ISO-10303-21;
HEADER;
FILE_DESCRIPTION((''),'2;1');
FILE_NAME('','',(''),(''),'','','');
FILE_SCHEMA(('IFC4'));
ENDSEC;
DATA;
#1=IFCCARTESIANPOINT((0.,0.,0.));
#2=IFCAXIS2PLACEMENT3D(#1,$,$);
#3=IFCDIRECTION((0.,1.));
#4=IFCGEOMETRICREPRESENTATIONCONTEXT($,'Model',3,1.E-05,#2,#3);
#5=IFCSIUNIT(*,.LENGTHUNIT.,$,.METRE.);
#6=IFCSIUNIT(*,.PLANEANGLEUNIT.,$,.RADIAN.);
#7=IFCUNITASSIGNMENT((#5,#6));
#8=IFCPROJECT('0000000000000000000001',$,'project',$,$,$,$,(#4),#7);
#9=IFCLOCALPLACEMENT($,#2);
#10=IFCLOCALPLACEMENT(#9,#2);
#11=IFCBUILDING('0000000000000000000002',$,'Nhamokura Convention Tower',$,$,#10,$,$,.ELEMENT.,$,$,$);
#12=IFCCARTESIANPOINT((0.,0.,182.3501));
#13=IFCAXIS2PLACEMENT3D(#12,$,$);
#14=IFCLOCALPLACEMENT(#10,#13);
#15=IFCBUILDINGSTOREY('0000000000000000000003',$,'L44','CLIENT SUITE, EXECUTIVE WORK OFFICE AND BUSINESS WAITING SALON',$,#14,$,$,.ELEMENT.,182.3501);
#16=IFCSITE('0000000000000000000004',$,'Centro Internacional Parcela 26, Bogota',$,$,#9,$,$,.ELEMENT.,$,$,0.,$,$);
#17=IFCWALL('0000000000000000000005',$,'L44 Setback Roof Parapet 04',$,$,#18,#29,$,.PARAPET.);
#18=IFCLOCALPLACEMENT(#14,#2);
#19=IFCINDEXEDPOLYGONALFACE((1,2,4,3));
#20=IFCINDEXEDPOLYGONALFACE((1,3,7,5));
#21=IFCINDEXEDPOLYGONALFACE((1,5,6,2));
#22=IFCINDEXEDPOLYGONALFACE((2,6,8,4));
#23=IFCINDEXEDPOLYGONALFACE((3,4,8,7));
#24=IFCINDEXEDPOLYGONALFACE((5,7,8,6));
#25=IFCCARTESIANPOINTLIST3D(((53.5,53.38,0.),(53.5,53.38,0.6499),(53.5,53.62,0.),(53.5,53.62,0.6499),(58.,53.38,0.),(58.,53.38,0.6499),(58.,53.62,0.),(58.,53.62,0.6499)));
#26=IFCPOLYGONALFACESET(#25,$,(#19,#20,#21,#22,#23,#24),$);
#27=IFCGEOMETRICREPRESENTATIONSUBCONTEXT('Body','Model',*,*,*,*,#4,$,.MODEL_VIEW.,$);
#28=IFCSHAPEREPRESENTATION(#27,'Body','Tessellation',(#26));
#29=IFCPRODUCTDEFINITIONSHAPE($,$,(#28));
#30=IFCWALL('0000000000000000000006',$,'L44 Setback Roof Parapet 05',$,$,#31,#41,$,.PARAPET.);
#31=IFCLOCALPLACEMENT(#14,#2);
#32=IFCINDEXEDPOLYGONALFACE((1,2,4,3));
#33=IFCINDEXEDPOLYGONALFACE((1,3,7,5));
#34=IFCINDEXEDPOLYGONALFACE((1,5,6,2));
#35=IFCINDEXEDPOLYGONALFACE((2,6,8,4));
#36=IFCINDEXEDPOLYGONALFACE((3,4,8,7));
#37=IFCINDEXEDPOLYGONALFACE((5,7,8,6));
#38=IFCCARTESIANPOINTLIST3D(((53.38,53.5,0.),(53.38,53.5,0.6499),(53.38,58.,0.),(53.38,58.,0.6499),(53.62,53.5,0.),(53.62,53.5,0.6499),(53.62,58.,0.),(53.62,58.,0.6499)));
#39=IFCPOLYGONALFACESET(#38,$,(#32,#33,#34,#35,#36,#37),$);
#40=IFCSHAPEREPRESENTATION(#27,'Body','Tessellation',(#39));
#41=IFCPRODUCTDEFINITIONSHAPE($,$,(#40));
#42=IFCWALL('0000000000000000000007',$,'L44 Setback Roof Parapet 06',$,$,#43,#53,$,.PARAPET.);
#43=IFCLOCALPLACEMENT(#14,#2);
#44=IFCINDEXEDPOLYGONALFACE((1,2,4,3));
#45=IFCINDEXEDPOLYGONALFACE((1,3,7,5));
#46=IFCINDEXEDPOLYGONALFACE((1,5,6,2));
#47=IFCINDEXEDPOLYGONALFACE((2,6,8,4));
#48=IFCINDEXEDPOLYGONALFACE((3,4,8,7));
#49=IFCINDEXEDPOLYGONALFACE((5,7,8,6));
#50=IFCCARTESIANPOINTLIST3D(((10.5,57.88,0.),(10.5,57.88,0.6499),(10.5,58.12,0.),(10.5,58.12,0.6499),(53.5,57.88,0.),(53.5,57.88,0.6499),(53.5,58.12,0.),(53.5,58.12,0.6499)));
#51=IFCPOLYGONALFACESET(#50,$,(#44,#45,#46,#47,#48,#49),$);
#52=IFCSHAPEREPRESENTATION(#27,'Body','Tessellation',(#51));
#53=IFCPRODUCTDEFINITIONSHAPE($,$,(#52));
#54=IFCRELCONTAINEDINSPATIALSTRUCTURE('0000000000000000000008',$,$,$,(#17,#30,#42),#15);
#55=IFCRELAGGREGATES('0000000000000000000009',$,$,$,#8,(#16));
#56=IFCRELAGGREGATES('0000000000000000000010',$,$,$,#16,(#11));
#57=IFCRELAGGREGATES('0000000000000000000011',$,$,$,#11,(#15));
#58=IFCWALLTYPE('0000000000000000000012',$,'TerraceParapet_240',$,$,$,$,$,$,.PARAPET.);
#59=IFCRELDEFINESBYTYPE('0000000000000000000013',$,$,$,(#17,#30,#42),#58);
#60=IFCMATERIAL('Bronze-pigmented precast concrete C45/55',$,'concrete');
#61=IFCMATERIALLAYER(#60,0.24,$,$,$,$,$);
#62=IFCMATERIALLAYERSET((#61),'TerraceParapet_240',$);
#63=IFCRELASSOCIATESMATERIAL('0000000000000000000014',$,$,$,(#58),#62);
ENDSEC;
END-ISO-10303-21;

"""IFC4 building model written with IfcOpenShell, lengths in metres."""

from ifc_helpers import new_model, si_unit, direction, frame, frame_2d, origin, place, context, subcontext, project, spatial, rectangle, extrude, material, layer, layer_set, type_object, element, save


model = new_model("IFC4")

# Units and contexts
model_context = context("Model", 3, precision=1e-05, world=origin(), true_north=direction((0.0, 1.0)))
body_context = subcontext(model_context, "Body", "Model", "MODEL_VIEW")
ifc_project = project(units=[si_unit("LENGTHUNIT", "METRE"), si_unit("PLANEANGLEUNIT", "RADIAN")], contexts=[model_context])

# Site, building, storey
site_placement = place(None, origin())
site = spatial("IfcSite", under=ifc_project, at=site_placement, Name="Centro Internacional Parcela 26, Bogota", CompositionType="ELEMENT", RefElevation=0.0)
building_placement = place(site_placement, origin())
building = spatial("IfcBuilding", under=site, at=building_placement, Name="Nhamokura Convention Tower", CompositionType="ELEMENT")
storey_placement = place(building_placement, frame((0.0, 0.0, 182.3501)))
storey = spatial("IfcBuildingStorey", under=building, at=storey_placement, Name="L44", Description="CLIENT SUITE, EXECUTIVE WORK OFFICE AND BUSINESS WAITING SALON", CompositionType="ELEMENT", Elevation=182.3501)

# Walls
ifc_material_1 = material(Name="Bronze-pigmented precast concrete C45/55", Category="concrete")
ifc_layer_1 = layer(ifc_material_1, 0.24)
ifc_layer_set_1 = layer_set([ifc_layer_1], Name="TerraceParapet_240")
wall_type_1 = type_object("IfcWallType", Name="TerraceParapet_240", PredefinedType="PARAPET", material=ifc_layer_set_1)
for number, where, z_axis, x_axis, name in (
    (1, (58.0, 53.5, 0.0), (0.0, 0.0, 1.0), (-1.0, 0.0, 0.0), "L44 Setback Roof Parapet 04"),
    (2, (53.5, 53.5, 0.0), (0.0, 0.0, 1.0), (0.0, 1.0, 0.0), "L44 Setback Roof Parapet 05"),
):
    element("IfcWall", number, at=place(storey_placement, frame(where, z_axis=z_axis, x_axis=x_axis)), inside=storey, type_object=wall_type_1, Name=name, PredefinedType="PARAPET", context=body_context, shape_type="SweptSolid", body=[
        extrude(rectangle(XDim=4.5, YDim=0.24, at=frame_2d((2.25, 0.0))), origin(), (0.0, 0.0, 1.0), 0.6499),
    ])
wall_1_placement = place(storey_placement, frame((53.5, 58.0, 0.0), z_axis=(0.0, 0.0, 1.0), x_axis=(-1.0, 0.0, 0.0)))
element("IfcWall", 3, at=wall_1_placement, inside=storey, type_object=wall_type_1, Name="L44 Setback Roof Parapet 06", PredefinedType="PARAPET", context=body_context, shape_type="SweptSolid", body=[
    extrude(rectangle(XDim=43.0, YDim=0.24, at=frame_2d((21.5, 0.0))), origin(), (0.0, 0.0, 1.0), 0.6499),
])

save(model, "model.ifc")
